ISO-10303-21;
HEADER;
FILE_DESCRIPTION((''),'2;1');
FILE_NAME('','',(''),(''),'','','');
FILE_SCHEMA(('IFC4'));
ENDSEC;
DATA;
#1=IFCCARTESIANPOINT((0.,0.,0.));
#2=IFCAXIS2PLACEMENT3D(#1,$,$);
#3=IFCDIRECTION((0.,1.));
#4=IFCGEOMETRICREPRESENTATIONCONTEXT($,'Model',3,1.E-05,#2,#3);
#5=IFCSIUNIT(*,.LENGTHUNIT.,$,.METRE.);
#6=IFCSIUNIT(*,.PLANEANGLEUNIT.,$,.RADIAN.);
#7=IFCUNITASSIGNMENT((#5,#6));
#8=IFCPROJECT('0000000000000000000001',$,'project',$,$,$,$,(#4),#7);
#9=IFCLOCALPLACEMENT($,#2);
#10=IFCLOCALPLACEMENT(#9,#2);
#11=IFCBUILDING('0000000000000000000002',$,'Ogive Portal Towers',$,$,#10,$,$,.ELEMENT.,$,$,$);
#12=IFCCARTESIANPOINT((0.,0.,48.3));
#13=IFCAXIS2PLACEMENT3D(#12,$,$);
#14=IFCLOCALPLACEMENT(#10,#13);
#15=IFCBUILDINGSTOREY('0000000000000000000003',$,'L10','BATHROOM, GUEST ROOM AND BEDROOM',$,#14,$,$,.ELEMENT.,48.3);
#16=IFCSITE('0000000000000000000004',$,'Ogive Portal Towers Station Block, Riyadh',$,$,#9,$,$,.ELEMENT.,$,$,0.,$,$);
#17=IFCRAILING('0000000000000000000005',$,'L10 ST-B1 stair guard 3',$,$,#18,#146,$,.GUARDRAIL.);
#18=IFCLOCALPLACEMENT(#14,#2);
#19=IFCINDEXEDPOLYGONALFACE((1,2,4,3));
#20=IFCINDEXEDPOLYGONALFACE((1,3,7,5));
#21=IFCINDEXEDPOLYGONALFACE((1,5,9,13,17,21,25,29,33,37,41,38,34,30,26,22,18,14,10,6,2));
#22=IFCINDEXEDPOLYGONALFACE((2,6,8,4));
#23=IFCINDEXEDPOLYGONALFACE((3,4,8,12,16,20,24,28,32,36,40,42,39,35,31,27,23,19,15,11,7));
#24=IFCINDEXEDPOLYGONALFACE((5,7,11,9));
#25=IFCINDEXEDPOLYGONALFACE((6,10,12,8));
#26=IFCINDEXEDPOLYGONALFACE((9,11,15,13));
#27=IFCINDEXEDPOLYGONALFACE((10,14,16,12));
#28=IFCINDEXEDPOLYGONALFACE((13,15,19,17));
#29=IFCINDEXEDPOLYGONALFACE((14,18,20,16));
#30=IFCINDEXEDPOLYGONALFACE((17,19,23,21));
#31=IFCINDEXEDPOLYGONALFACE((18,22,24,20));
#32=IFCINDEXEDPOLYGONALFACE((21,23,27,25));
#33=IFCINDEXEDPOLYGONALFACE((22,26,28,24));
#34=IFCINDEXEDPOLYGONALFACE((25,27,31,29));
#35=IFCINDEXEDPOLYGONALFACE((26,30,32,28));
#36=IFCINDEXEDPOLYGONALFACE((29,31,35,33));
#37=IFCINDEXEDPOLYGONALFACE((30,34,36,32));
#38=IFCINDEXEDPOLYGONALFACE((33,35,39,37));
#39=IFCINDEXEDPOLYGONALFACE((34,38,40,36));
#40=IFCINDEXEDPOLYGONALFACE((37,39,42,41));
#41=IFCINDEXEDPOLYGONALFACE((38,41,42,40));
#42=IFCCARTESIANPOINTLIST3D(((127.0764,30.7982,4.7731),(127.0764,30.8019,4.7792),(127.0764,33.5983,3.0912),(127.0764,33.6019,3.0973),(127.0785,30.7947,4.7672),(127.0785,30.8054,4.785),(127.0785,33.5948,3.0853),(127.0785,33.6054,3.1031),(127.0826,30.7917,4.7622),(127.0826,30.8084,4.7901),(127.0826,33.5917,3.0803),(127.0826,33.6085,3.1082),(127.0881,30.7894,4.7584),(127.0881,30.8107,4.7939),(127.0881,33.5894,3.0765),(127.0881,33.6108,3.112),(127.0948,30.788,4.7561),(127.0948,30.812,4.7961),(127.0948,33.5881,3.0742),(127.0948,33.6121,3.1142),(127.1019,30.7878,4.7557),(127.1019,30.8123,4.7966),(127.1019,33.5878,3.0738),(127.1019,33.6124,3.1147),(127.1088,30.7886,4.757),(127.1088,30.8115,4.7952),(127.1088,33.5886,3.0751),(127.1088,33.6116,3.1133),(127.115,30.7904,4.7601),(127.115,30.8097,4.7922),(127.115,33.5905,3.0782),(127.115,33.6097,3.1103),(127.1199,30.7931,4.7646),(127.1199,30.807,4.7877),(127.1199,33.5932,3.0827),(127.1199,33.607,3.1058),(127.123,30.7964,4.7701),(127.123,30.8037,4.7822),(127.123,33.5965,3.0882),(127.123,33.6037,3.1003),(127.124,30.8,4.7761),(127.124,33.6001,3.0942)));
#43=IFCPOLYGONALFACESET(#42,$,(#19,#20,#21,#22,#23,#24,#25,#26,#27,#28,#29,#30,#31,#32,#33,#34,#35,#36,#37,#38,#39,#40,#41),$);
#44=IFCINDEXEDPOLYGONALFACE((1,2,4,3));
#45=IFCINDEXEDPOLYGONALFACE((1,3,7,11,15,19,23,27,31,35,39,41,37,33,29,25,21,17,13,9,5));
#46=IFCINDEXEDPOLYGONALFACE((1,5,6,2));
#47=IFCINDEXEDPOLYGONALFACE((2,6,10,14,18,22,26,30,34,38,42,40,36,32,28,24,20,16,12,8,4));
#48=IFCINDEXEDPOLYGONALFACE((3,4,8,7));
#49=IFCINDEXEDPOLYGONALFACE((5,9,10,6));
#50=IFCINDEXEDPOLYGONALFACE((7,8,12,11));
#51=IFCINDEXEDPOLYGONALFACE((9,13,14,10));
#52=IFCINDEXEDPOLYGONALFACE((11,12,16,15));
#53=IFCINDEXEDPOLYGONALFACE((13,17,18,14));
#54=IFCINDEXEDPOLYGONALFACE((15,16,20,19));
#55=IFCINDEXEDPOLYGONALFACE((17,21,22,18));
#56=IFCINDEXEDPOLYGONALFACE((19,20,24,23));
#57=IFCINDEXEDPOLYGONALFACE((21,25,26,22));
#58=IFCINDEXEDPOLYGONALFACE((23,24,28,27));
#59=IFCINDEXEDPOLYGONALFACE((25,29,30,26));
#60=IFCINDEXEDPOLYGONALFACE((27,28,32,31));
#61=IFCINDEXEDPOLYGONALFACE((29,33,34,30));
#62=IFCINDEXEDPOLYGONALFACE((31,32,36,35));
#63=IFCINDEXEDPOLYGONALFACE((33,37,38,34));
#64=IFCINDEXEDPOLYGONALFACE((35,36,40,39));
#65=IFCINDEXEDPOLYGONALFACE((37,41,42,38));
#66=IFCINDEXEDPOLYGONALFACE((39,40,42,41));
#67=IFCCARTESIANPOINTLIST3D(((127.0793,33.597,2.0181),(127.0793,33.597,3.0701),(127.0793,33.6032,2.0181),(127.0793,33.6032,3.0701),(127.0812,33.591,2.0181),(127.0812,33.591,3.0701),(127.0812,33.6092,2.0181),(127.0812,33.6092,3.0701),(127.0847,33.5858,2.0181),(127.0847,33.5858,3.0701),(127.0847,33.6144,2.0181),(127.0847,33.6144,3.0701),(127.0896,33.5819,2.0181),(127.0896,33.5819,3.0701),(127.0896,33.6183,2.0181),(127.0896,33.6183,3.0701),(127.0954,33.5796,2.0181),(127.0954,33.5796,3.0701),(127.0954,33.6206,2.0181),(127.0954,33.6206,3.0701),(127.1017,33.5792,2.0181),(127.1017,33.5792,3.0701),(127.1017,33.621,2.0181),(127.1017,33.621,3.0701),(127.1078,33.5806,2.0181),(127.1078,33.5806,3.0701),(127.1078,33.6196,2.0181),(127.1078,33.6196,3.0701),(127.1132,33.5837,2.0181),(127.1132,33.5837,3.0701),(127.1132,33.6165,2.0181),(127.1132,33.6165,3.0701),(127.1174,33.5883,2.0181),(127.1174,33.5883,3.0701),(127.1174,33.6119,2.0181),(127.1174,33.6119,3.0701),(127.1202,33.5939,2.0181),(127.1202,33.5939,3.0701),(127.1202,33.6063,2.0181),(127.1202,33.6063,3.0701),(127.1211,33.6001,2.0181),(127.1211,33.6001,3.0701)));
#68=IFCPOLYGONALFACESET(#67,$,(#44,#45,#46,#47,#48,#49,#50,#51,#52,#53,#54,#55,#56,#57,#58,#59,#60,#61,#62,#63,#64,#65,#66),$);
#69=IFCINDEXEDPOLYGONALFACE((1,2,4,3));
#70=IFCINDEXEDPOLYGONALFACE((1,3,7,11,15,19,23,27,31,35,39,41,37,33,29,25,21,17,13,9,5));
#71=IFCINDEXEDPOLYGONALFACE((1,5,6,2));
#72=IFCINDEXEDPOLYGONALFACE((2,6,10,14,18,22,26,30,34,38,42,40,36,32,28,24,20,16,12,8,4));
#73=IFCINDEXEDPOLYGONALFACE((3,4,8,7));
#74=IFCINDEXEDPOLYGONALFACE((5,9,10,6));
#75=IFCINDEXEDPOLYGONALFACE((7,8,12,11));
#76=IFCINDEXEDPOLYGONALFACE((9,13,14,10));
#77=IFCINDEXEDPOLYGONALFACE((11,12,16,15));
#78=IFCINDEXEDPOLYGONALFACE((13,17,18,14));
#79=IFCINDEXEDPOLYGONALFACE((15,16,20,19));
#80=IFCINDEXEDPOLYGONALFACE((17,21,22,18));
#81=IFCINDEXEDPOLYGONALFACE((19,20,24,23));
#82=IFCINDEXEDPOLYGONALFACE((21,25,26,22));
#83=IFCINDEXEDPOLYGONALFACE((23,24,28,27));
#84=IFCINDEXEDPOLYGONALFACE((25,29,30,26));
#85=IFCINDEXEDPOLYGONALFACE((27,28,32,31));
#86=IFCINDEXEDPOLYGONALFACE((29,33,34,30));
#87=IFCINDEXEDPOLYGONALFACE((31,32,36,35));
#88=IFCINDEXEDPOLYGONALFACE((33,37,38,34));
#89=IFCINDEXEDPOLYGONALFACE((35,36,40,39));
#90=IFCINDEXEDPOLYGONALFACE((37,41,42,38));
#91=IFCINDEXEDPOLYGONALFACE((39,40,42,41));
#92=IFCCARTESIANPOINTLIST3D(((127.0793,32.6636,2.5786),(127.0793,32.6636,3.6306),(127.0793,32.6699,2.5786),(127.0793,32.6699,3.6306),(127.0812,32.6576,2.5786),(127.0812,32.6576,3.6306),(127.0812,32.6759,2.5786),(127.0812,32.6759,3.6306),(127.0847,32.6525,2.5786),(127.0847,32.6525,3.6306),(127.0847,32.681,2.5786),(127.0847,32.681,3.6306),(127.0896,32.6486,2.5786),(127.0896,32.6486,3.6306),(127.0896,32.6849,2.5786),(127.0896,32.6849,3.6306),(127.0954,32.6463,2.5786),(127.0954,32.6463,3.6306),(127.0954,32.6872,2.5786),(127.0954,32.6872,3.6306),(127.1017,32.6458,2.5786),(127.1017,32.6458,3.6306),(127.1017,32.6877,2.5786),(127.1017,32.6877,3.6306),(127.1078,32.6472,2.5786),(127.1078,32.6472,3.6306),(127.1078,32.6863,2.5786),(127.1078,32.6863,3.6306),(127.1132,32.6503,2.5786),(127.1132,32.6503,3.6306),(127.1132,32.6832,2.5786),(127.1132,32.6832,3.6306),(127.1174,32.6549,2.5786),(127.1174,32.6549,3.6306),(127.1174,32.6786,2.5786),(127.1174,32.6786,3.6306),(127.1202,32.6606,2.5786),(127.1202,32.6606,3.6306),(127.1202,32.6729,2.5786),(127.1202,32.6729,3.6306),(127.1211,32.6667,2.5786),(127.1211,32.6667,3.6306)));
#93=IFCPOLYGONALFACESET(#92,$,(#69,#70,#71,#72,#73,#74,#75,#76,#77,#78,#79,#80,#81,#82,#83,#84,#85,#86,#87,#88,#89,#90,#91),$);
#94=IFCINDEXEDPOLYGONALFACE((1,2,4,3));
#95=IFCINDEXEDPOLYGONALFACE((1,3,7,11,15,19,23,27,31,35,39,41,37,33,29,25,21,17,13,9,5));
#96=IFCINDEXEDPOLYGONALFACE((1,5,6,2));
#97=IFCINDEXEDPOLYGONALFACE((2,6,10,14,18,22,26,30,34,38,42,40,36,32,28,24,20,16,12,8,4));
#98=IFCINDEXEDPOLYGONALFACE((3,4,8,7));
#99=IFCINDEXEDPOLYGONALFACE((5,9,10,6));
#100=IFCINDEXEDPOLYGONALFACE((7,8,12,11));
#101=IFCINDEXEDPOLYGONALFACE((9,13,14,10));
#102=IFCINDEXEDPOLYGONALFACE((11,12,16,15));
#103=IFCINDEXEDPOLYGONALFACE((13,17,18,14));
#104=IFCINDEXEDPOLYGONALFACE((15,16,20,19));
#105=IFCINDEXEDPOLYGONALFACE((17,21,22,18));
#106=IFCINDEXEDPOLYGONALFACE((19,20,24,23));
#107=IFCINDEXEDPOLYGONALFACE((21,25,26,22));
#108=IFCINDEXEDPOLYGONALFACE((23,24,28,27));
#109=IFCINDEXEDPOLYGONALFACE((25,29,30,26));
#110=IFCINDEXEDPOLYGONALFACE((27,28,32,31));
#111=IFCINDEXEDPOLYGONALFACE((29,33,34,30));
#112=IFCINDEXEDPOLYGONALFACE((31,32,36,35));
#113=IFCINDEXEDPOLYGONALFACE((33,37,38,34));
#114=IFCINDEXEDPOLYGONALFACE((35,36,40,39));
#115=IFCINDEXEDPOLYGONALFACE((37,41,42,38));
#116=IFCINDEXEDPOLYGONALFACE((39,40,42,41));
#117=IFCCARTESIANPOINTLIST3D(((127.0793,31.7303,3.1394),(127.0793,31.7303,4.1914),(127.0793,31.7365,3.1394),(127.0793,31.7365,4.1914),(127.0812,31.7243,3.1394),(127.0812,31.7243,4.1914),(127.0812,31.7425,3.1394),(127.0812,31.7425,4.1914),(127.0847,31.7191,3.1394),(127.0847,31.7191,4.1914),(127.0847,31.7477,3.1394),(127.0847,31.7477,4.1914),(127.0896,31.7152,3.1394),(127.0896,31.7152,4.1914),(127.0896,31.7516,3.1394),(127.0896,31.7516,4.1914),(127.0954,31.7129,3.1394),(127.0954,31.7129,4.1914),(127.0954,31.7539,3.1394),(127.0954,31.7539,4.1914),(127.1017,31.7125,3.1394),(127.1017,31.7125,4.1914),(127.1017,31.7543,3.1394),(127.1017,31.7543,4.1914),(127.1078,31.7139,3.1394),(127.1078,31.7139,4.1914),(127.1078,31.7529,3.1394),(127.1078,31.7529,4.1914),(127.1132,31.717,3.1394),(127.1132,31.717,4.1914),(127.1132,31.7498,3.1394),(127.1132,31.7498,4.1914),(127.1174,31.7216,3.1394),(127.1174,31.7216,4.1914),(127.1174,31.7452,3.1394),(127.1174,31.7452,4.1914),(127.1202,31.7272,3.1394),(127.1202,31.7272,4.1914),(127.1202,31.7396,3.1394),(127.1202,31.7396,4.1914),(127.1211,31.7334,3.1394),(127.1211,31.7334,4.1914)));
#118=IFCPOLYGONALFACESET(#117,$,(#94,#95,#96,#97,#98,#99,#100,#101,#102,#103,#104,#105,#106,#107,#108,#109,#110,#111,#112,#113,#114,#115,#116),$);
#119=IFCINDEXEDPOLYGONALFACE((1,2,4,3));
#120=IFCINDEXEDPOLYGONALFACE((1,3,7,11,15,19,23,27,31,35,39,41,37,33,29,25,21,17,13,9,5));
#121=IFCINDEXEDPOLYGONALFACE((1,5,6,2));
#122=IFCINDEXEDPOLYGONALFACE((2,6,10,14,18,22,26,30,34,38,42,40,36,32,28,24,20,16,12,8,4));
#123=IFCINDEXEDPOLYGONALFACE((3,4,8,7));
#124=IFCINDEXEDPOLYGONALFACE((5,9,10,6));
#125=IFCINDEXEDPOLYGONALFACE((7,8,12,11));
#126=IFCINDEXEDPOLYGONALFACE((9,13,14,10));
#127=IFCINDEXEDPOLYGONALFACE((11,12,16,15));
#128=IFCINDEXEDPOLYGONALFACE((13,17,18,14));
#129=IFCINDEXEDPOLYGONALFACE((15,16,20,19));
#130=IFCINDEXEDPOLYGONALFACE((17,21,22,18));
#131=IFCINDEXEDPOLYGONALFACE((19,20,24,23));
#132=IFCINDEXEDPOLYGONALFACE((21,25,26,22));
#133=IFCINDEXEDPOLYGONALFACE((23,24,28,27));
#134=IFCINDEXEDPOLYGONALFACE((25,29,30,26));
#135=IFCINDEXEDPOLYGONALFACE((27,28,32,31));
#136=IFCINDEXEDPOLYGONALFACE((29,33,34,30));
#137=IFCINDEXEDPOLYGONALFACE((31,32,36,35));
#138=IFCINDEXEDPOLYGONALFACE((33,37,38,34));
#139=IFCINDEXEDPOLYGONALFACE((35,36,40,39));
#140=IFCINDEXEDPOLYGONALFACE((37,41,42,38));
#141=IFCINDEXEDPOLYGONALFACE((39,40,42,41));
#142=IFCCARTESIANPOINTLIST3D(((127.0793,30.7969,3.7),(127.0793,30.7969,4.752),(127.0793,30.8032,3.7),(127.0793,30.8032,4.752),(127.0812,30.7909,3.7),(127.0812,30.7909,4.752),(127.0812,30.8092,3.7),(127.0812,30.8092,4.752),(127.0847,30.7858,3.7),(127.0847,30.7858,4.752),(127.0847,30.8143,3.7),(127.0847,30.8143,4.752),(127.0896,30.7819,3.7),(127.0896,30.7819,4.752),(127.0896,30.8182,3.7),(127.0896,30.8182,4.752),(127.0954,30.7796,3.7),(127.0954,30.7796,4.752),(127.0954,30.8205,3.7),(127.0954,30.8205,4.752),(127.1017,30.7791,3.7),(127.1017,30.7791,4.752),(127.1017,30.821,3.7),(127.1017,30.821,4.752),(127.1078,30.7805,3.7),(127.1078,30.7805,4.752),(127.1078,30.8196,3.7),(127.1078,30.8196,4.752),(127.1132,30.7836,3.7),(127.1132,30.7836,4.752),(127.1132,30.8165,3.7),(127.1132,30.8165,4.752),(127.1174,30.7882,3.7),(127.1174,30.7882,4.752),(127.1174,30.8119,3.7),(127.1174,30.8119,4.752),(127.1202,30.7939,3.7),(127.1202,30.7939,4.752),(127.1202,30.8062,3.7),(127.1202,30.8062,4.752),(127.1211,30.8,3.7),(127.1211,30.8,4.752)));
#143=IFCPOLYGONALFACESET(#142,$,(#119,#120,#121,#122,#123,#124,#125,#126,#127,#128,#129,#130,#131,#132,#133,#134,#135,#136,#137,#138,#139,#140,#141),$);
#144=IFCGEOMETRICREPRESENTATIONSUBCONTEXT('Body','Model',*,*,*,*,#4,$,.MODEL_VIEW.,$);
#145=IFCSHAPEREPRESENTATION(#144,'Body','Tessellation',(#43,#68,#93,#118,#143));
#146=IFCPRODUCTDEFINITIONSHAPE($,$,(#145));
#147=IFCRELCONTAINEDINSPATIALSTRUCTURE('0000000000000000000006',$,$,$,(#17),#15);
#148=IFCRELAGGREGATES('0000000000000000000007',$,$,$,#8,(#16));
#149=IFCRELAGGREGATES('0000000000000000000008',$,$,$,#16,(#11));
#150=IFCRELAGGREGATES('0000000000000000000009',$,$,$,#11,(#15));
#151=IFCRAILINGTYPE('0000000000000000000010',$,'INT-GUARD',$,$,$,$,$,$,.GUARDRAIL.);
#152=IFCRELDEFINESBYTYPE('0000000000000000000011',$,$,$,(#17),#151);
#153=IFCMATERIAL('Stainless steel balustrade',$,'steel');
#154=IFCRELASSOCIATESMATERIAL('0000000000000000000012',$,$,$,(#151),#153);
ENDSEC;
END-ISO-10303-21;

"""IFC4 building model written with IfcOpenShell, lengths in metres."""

from ifc_helpers import new_model, si_unit, direction, frame, origin, origin_2d, place, context, subcontext, project, spatial, circle, extrude, material, type_object, element, save


model = new_model("IFC4")

# Units and contexts
model_context = context("Model", 3, precision=1e-05, world=origin(), true_north=direction((0.0, 1.0)))
body_context = subcontext(model_context, "Body", "Model", "MODEL_VIEW")
ifc_project = project(units=[si_unit("LENGTHUNIT", "METRE"), si_unit("PLANEANGLEUNIT", "RADIAN")], contexts=[model_context])

# Site, building, storey
site_placement = place(None, origin())
site = spatial("IfcSite", under=ifc_project, at=site_placement, Name="Ogive Portal Towers Station Block, Riyadh", CompositionType="ELEMENT", RefElevation=0.0)
building_placement = place(site_placement, origin())
building = spatial("IfcBuilding", under=site, at=building_placement, Name="Ogive Portal Towers", CompositionType="ELEMENT")
storey_placement = place(building_placement, frame((0.0, 0.0, 48.3)))
storey = spatial("IfcBuildingStorey", under=building, at=storey_placement, Name="L10", Description="BATHROOM, GUEST ROOM AND BEDROOM", CompositionType="ELEMENT", Elevation=48.3)

# Railing
ifc_material_1 = material(Name="Stainless steel balustrade", Category="steel")
railing_type = type_object("IfcRailingType", Name="INT-GUARD", PredefinedType="GUARDRAIL", material=ifc_material_1)
railing_placement = place(storey_placement, frame((127.1001, 33.6001, 2.0181)))
element("IfcRailing", 1, at=railing_placement, inside=storey, type_object=railing_type, Name="L10 ST-B1 stair guard 3", PredefinedType="GUARDRAIL", context=body_context, shape_type="SweptSolid", body=[
    extrude(circle(Radius=0.0239, at=origin_2d()), frame((0.0, 0.0, 1.0762), z_axis=(0.0, -0.857242, 0.514913), x_axis=(1.0, 0.0, 0.0)), (0.0, 0.0, 1.0), 3.2664),
    extrude(circle(Radius=0.021, at=origin_2d()), origin(), (0.0, 0.0, 1.0), 1.052),
    extrude(circle(Radius=0.021, at=origin_2d()), frame((0.0, -0.9333, 0.5605)), (0.0, 0.0, 1.0), 1.052),
    extrude(circle(Radius=0.021, at=origin_2d()), frame((0.0, -1.8667, 1.1213)), (0.0, 0.0, 1.0), 1.052),
    extrude(circle(Radius=0.021, at=origin_2d()), frame((0.0, -2.8, 1.6819)), (0.0, 0.0, 1.0), 1.052),
])

save(model, "model.ifc")
